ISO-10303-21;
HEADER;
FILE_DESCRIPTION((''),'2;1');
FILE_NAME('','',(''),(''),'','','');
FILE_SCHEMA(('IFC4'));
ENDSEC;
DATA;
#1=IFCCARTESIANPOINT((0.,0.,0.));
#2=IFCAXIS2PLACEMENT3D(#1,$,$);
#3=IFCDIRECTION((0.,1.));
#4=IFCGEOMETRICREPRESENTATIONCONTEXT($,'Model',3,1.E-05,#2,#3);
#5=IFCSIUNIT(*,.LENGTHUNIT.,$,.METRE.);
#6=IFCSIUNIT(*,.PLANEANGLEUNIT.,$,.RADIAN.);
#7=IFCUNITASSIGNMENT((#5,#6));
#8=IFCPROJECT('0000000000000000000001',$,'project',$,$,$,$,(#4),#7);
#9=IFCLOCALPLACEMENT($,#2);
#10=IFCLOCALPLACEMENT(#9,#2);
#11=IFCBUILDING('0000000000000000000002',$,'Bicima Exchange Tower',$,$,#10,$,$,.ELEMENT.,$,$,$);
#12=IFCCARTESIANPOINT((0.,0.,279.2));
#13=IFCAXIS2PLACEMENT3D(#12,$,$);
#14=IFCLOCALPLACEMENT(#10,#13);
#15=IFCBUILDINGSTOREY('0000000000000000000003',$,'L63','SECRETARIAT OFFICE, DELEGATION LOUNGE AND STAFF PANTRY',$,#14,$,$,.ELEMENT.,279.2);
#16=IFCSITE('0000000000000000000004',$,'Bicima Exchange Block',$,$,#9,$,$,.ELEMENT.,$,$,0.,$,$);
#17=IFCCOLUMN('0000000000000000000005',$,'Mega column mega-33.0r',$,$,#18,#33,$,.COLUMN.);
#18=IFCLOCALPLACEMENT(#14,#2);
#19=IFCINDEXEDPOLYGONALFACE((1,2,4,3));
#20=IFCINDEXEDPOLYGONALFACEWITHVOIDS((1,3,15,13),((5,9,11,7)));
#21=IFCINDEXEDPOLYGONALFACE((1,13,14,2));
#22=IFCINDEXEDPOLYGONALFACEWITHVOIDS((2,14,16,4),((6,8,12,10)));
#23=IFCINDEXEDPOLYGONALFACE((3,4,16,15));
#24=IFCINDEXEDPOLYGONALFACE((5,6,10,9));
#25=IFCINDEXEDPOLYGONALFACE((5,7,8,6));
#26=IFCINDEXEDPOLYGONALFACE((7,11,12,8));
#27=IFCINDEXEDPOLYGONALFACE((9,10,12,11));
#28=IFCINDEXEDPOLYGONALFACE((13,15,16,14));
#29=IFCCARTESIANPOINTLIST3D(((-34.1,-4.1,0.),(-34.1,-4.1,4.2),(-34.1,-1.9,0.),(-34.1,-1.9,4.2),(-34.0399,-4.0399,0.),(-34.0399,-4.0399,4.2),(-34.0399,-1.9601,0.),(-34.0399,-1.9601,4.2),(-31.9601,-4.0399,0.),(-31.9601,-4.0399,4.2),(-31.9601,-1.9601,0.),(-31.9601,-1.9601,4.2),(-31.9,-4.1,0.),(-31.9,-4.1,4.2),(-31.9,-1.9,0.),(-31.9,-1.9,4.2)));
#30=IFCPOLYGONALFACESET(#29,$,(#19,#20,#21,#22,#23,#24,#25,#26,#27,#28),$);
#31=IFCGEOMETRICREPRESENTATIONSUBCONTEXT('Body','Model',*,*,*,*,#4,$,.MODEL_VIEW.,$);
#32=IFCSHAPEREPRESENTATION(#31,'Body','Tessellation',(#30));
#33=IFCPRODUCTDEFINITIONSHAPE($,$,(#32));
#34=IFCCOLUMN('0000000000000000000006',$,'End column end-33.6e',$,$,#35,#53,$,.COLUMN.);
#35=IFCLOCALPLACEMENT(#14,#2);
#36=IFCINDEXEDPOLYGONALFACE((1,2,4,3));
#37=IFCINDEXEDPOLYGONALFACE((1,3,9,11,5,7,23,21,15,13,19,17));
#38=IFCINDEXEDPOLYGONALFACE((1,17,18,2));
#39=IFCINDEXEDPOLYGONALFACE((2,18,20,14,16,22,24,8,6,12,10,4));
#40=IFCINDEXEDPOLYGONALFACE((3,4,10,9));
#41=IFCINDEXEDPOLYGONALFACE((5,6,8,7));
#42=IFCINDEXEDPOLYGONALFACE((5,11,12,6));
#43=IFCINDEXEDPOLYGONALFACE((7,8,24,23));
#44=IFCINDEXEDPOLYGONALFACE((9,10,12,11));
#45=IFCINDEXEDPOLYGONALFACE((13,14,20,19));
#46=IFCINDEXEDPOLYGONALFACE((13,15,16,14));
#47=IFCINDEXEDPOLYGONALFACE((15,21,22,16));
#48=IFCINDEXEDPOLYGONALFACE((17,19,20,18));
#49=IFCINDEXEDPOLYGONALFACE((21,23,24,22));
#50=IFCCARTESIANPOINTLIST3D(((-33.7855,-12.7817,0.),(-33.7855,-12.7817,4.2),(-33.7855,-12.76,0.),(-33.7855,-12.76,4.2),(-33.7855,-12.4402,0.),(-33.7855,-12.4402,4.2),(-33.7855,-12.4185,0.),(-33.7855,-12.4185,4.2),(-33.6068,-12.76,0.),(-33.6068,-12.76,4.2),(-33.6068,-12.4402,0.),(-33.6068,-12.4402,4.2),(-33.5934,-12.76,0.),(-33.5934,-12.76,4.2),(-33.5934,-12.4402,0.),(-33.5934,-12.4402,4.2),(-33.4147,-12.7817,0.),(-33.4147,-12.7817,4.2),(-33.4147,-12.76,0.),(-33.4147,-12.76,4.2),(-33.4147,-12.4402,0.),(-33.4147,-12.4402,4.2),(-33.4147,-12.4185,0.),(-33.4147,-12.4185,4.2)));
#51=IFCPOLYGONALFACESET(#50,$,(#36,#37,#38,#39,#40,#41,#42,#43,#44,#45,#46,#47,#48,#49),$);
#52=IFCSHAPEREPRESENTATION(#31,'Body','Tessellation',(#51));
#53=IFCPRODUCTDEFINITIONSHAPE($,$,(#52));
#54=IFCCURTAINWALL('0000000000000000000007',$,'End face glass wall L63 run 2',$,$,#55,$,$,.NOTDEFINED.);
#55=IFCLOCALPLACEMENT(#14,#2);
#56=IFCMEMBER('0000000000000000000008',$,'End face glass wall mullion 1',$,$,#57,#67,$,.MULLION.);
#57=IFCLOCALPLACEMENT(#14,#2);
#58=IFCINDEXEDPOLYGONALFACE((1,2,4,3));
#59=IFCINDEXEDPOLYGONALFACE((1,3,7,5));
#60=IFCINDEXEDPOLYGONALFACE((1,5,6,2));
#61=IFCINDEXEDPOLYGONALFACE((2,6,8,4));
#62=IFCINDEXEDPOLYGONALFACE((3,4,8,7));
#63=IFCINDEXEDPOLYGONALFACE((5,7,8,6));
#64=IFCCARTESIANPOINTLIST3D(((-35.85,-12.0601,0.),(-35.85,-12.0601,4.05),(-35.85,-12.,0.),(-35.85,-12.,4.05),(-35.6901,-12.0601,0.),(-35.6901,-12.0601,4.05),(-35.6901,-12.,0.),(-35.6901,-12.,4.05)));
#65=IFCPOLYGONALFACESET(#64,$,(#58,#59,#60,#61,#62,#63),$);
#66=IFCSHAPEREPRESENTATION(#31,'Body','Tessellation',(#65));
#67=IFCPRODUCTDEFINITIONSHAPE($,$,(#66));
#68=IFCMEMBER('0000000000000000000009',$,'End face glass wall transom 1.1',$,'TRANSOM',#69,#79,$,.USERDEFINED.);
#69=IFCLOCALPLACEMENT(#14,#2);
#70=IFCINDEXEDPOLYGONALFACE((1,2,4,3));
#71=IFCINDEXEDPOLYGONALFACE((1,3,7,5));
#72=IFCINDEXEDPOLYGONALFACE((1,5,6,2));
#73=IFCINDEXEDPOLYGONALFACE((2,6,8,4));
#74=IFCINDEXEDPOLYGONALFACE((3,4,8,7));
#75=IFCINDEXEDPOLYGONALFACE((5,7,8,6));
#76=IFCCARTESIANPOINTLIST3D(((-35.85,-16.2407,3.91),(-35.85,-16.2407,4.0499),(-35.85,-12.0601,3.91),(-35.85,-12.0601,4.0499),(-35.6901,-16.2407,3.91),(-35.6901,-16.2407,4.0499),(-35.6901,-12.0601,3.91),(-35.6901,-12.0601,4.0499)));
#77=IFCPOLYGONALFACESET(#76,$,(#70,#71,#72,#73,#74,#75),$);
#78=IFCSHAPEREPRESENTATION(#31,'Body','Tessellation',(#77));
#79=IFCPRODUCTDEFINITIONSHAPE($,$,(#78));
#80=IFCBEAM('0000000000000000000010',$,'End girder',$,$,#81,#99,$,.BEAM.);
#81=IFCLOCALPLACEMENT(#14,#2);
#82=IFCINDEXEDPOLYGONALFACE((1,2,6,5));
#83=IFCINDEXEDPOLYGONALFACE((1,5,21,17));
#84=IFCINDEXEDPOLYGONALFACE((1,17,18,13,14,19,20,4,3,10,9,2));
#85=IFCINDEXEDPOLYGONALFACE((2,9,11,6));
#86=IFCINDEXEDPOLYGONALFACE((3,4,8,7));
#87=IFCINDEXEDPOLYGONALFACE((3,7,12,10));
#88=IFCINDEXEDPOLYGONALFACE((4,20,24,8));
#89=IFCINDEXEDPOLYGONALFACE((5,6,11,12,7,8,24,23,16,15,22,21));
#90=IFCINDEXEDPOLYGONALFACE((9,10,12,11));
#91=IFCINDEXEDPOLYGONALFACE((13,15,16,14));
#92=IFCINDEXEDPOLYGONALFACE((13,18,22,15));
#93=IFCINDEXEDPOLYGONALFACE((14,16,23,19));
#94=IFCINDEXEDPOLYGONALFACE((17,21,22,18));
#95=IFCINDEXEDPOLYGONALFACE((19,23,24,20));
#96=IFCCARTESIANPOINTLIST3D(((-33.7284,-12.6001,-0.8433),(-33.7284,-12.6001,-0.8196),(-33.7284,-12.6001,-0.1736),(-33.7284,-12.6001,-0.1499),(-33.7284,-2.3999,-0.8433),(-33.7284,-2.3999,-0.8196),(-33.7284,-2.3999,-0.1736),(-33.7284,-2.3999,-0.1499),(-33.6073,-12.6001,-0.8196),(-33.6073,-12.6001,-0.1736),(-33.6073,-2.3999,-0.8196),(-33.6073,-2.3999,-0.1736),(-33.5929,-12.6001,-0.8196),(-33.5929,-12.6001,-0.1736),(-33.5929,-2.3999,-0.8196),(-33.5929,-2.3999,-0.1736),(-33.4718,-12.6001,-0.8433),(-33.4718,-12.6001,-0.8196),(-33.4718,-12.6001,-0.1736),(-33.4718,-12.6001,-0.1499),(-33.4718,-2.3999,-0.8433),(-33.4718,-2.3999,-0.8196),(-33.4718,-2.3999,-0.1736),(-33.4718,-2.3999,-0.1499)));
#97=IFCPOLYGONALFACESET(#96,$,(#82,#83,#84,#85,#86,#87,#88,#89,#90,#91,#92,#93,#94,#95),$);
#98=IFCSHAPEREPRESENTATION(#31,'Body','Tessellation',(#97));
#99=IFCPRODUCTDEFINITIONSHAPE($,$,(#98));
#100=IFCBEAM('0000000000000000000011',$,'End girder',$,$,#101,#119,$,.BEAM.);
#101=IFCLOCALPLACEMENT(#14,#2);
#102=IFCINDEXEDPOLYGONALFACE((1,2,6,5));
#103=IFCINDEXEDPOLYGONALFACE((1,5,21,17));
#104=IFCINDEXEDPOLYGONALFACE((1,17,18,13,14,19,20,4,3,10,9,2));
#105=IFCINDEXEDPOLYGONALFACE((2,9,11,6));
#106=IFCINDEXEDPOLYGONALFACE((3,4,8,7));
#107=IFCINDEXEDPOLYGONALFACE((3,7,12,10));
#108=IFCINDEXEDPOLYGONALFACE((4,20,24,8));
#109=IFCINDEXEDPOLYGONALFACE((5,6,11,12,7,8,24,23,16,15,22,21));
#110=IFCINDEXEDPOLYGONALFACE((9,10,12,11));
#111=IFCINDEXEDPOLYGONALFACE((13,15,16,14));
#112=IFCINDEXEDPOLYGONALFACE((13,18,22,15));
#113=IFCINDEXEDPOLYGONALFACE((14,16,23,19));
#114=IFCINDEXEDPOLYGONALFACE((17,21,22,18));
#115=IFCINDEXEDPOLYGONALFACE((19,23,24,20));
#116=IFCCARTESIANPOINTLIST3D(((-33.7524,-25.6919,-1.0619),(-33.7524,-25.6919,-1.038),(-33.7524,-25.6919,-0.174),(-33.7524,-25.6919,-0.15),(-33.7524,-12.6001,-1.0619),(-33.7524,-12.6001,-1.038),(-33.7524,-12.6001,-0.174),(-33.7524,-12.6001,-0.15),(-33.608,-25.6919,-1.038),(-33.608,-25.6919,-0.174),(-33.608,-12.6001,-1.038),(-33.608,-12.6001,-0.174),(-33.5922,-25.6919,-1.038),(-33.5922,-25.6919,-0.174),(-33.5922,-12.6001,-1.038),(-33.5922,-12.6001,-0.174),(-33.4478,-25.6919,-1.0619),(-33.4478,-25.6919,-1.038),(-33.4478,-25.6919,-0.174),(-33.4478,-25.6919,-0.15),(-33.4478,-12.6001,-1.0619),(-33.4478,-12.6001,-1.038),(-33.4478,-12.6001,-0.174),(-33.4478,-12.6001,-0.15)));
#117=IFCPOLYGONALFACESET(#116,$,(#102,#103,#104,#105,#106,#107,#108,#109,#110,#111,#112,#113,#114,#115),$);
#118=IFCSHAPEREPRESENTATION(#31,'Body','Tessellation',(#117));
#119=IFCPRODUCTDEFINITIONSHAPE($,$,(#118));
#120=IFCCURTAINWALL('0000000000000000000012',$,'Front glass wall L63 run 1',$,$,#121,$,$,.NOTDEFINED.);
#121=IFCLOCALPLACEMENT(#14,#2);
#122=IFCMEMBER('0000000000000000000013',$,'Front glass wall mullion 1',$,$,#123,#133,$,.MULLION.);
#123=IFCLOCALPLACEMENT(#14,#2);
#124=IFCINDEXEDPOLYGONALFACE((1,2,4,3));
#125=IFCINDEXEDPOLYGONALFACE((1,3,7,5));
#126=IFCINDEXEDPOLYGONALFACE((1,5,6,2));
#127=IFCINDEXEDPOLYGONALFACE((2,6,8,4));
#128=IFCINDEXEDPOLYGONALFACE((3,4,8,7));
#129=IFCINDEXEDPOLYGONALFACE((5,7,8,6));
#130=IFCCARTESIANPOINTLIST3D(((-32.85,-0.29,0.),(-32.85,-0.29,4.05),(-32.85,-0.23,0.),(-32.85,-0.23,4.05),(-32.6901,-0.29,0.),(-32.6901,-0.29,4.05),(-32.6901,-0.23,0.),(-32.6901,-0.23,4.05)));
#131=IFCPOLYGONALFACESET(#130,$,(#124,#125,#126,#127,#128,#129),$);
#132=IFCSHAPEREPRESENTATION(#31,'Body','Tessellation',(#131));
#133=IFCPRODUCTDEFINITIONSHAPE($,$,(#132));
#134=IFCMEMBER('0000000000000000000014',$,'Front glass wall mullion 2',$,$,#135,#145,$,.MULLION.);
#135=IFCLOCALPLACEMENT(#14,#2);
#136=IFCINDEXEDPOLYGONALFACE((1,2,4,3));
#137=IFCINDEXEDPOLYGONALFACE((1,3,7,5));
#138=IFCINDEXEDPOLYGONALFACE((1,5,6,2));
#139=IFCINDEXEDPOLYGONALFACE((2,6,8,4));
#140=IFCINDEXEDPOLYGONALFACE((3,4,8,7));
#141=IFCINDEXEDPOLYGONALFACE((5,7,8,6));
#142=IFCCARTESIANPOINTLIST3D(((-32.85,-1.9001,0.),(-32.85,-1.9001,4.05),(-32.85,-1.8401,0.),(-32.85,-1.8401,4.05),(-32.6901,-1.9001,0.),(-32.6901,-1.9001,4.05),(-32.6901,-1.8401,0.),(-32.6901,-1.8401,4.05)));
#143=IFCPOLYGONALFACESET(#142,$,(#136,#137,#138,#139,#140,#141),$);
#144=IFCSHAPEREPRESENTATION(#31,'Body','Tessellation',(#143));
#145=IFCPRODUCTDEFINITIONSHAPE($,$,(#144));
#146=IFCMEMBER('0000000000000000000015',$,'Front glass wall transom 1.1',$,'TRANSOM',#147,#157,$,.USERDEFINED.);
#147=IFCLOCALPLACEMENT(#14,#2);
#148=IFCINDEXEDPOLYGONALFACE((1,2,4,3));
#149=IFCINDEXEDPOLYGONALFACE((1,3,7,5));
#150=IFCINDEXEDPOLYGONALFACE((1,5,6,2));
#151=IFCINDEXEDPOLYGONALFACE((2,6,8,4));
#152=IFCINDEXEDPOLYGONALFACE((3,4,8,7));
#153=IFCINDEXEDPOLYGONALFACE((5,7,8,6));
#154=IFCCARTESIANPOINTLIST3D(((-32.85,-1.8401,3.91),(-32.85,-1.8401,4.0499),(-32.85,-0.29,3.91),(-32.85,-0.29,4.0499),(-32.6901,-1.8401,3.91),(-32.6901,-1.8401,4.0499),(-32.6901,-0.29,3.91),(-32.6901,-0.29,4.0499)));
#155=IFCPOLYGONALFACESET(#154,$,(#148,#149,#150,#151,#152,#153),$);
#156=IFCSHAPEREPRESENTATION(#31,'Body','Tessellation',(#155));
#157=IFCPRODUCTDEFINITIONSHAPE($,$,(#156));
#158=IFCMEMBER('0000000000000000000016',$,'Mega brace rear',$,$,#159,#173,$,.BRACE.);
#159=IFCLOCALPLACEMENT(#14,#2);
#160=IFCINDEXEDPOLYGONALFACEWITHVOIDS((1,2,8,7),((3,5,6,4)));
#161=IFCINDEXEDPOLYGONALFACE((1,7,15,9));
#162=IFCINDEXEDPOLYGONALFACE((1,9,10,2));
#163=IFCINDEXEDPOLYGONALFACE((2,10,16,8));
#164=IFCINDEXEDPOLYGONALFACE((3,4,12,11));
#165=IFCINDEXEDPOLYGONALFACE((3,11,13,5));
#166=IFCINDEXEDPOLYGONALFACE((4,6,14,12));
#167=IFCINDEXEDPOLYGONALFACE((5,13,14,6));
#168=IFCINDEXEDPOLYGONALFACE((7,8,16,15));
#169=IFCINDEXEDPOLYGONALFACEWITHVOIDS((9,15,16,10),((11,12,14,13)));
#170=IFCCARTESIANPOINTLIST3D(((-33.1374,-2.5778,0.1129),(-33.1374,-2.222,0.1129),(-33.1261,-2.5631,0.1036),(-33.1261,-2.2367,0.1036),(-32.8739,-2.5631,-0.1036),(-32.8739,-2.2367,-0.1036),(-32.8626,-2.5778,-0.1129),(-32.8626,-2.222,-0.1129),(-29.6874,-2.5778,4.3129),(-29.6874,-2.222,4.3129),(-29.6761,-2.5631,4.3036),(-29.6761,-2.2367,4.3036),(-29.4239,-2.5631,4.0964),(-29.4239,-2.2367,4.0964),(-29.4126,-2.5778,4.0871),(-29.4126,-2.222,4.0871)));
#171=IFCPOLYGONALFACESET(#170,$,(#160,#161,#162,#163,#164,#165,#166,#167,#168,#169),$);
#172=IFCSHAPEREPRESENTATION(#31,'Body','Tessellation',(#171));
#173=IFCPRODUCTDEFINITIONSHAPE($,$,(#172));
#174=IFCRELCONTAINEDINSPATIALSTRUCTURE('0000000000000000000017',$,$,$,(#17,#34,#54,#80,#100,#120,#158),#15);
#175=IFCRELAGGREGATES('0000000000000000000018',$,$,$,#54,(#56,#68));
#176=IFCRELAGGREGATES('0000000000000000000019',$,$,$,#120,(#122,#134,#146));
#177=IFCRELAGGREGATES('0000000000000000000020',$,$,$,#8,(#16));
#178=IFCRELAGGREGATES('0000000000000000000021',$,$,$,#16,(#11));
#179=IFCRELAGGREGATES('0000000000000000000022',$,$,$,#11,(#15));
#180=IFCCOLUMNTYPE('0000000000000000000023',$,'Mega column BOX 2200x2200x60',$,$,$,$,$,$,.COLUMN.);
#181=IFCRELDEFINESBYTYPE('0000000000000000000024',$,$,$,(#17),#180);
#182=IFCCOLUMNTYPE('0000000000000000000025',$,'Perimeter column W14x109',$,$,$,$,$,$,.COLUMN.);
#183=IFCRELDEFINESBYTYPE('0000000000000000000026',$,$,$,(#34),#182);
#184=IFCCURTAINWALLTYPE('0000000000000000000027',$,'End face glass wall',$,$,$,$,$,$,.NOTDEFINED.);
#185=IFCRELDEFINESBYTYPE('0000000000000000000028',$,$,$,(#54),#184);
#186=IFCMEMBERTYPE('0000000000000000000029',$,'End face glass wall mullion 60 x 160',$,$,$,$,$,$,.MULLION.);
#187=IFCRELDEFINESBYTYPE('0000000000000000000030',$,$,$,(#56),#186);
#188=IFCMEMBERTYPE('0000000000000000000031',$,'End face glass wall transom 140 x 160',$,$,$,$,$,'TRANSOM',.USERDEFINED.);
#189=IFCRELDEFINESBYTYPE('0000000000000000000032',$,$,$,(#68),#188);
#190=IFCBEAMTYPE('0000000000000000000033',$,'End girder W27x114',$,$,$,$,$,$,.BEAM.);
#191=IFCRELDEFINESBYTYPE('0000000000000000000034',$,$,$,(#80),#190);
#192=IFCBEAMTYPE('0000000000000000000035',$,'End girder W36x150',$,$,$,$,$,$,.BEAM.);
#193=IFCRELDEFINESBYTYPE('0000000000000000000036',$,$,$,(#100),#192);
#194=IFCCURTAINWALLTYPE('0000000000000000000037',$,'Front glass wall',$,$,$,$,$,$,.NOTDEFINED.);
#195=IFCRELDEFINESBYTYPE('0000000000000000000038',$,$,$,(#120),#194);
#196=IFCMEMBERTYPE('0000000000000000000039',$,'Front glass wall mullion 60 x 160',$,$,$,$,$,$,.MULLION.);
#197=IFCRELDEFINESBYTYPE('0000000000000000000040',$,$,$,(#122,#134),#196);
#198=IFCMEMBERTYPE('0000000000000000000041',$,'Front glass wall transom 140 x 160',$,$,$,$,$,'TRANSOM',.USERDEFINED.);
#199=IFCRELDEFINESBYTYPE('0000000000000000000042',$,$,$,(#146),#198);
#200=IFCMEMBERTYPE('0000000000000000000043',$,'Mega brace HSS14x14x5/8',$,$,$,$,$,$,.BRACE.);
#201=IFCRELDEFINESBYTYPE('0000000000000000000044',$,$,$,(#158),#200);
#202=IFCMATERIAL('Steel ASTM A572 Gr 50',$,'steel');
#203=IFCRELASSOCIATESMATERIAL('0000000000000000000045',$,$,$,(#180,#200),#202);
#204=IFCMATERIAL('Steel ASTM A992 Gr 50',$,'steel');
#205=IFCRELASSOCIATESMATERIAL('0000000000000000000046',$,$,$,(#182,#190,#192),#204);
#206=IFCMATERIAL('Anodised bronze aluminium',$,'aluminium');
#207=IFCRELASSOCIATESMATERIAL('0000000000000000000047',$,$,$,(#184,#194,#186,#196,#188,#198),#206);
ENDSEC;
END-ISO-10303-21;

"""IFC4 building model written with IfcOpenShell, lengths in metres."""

from ifc_helpers import new_model, si_unit, direction, frame, origin, origin_2d, place, context, subcontext, project, spatial, rectangle, hollow_rectangle, i_section, extrude, material, material_profile, profile_set, type_object, element, aggregate, save


model = new_model("IFC4")

# Units and contexts
model_context = context("Model", 3, precision=1e-05, world=origin(), true_north=direction((0.0, 1.0)))
body_context = subcontext(model_context, "Body", "Model", "MODEL_VIEW")
ifc_project = project(units=[si_unit("LENGTHUNIT", "METRE"), si_unit("PLANEANGLEUNIT", "RADIAN")], contexts=[model_context])

# Site, building, storey
site_placement = place(None, origin())
site = spatial("IfcSite", under=ifc_project, at=site_placement, Name="Bicima Exchange Block", CompositionType="ELEMENT", RefElevation=0.0)
building_placement = place(site_placement, origin())
building = spatial("IfcBuilding", under=site, at=building_placement, Name="Bicima Exchange Tower", CompositionType="ELEMENT")
storey_placement = place(building_placement, frame((0.0, 0.0, 279.2)))
storey = spatial("IfcBuildingStorey", under=building, at=storey_placement, Name="L63", Description="SECRETARIAT OFFICE, DELEGATION LOUNGE AND STAFF PANTRY", CompositionType="ELEMENT", Elevation=279.2)

# Columns
ifc_material_1 = material(Name="Steel ASTM A572 Gr 50", Category="steel")
ifc_material_profile_1 = material_profile(ifc_material_1, hollow_rectangle(XDim=2.2, YDim=2.2, WallThickness=0.0601, at=origin_2d()))
ifc_profile_set_1 = profile_set([ifc_material_profile_1], Name="Steel ASTM A572 Gr 50")
column_type_1 = type_object("IfcColumnType", Name="Mega column BOX 2200x2200x60", PredefinedType="COLUMN", material=ifc_profile_set_1)
column_1_placement = place(storey_placement, frame((-33.0, -3.0, 0.0), z_axis=(0.0, 0.0, 1.0), x_axis=(1.0, 0.0, 0.0)))
element("IfcColumn", 1, at=column_1_placement, inside=storey, type_object=column_type_1, Name="Mega column mega-33.0r", PredefinedType="COLUMN", context=body_context, shape_type="SweptSolid", body=[
    extrude(hollow_rectangle(XDim=2.2, YDim=2.2, WallThickness=0.0601, at=origin_2d()), origin(), (0.0, 0.0, 1.0), 4.2),
])
ifc_material_2 = material(Name="Steel ASTM A992 Gr 50", Category="steel")
ifc_material_profile_2 = material_profile(ifc_material_2, i_section(OverallWidth=0.3708, OverallDepth=0.3633, WebThickness=0.0134, FlangeThickness=0.0217, at=origin_2d()))
ifc_profile_set_2 = profile_set([ifc_material_profile_2], Name="Steel ASTM A992 Gr 50")
column_type_2 = type_object("IfcColumnType", Name="Perimeter column W14x109", PredefinedType="COLUMN", material=ifc_profile_set_2)
column_2_placement = place(storey_placement, frame((-33.6001, -12.6001, 0.0), z_axis=(0.0, 0.0, 1.0), x_axis=(1.0, 0.0, 0.0)))
element("IfcColumn", 2, at=column_2_placement, inside=storey, type_object=column_type_2, Name="End column end-33.6e", PredefinedType="COLUMN", context=body_context, shape_type="SweptSolid", body=[
    extrude(i_section(OverallWidth=0.3708, OverallDepth=0.3633, WebThickness=0.0134, FlangeThickness=0.0217, at=origin_2d()), origin(), (0.0, 0.0, 1.0), 4.2),
])

# Curtain wall, members
ifc_material_3 = material(Name="Anodised bronze aluminium", Category="aluminium")
curtain_wall_type_1 = type_object("IfcCurtainWallType", Name="End face glass wall", PredefinedType="NOTDEFINED", material=ifc_material_3)
curtain_wall_1_placement = place(storey_placement, origin())
curtain_wall_1 = element("IfcCurtainWall", 3, at=curtain_wall_1_placement, inside=storey, type_object=curtain_wall_type_1, Name="End face glass wall L63 run 2", PredefinedType="NOTDEFINED")
ifc_material_profile_3 = material_profile(ifc_material_3, rectangle(XDim=0.1599, YDim=0.0601, at=origin_2d()))
ifc_profile_set_3 = profile_set([ifc_material_profile_3], Name="Anodised bronze aluminium")
member_type_1 = type_object("IfcMemberType", Name="End face glass wall mullion 60 x 160", PredefinedType="MULLION", material=ifc_profile_set_3)
member_1_placement = place(storey_placement, frame((-35.77, -12.03, 0.0), z_axis=(0.0, 0.0, 1.0), x_axis=(1.0, 0.0, 0.0)))
member_1 = element("IfcMember", 4, at=member_1_placement, type_object=member_type_1, Name="End face glass wall mullion 1", PredefinedType="MULLION", context=body_context, shape_type="SweptSolid", body=[
    extrude(rectangle(XDim=0.1599, YDim=0.0601, at=origin_2d()), origin(), (0.0, 0.0, 1.0), 4.05),
])
ifc_material_profile_4 = material_profile(ifc_material_3, rectangle(XDim=0.1599, YDim=0.1399, at=origin_2d()))
ifc_profile_set_4 = profile_set([ifc_material_profile_4], Name="Anodised bronze aluminium")
member_type_2 = type_object("IfcMemberType", Name="End face glass wall transom 140 x 160", ElementType="TRANSOM", PredefinedType="USERDEFINED", material=ifc_profile_set_4)
member_2_placement = place(storey_placement, frame((-35.77, -12.0601, 3.98), z_axis=(0.0, -1.0, 0.0), x_axis=(1.0, 0.0, 0.0)))
member_2 = element("IfcMember", 5, at=member_2_placement, type_object=member_type_2, Name="End face glass wall transom 1.1", ObjectType="TRANSOM", PredefinedType="USERDEFINED", context=body_context, shape_type="SweptSolid", body=[
    extrude(rectangle(XDim=0.1599, YDim=0.1399, at=origin_2d()), origin(), (0.0, 0.0, 1.0), 4.1807),
])
aggregate(curtain_wall_1, [member_1, member_2])

# Beams
ifc_material_profile_5 = material_profile(ifc_material_2, i_section(OverallWidth=0.2566, OverallDepth=0.6934, WebThickness=0.0144, FlangeThickness=0.0237, at=origin_2d()))
ifc_profile_set_5 = profile_set([ifc_material_profile_5], Name="Steel ASTM A992 Gr 50")
beam_type_1 = type_object("IfcBeamType", Name="End girder W27x114", PredefinedType="BEAM", material=ifc_profile_set_5)
beam_1_placement = place(storey_placement, frame((-33.6001, -2.3999, -0.4966), z_axis=(0.0, -1.0, 0.0), x_axis=(1.0, 0.0, 0.0)))
element("IfcBeam", 6, at=beam_1_placement, inside=storey, type_object=beam_type_1, Name="End girder", PredefinedType="BEAM", context=body_context, shape_type="SweptSolid", body=[
    extrude(i_section(OverallWidth=0.2566, OverallDepth=0.6934, WebThickness=0.0144, FlangeThickness=0.0237, at=origin_2d()), origin(), (0.0, 0.0, 1.0), 10.2002),
])
ifc_material_profile_6 = material_profile(ifc_material_2, i_section(OverallWidth=0.3047, OverallDepth=0.9119, WebThickness=0.0159, FlangeThickness=0.0239, at=origin_2d()))
ifc_profile_set_6 = profile_set([ifc_material_profile_6], Name="Steel ASTM A992 Gr 50")
beam_type_2 = type_object("IfcBeamType", Name="End girder W36x150", PredefinedType="BEAM", material=ifc_profile_set_6)
beam_2_placement = place(storey_placement, frame((-33.6001, -12.6001, -0.606), z_axis=(0.0, -1.0, 0.0), x_axis=(1.0, 0.0, 0.0)))
element("IfcBeam", 7, at=beam_2_placement, inside=storey, type_object=beam_type_2, Name="End girder", PredefinedType="BEAM", context=body_context, shape_type="SweptSolid", body=[
    extrude(i_section(OverallWidth=0.3047, OverallDepth=0.9119, WebThickness=0.0159, FlangeThickness=0.0239, at=origin_2d()), origin(), (0.0, 0.0, 1.0), 13.0918),
])

# Curtain wall, members
curtain_wall_type_2 = type_object("IfcCurtainWallType", Name="Front glass wall", PredefinedType="NOTDEFINED", material=ifc_material_3)
curtain_wall_2_placement = place(storey_placement, origin())
curtain_wall_2 = element("IfcCurtainWall", 8, at=curtain_wall_2_placement, inside=storey, type_object=curtain_wall_type_2, Name="Front glass wall L63 run 1", PredefinedType="NOTDEFINED")
member_type_3 = type_object("IfcMemberType", Name="Front glass wall mullion 60 x 160", PredefinedType="MULLION", material=ifc_profile_set_3)
member_3_placement = place(storey_placement, frame((-32.77, -0.26, 0.0), z_axis=(0.0, 0.0, 1.0), x_axis=(1.0, 0.0, 0.0)))
member_3 = element("IfcMember", 9, at=member_3_placement, type_object=member_type_3, Name="Front glass wall mullion 1", PredefinedType="MULLION", context=body_context, shape_type="SweptSolid", body=[
    extrude(rectangle(XDim=0.1599, YDim=0.0601, at=origin_2d()), origin(), (0.0, 0.0, 1.0), 4.05),
])
member_4_placement = place(storey_placement, frame((-32.77, -1.8701, 0.0), z_axis=(0.0, 0.0, 1.0), x_axis=(1.0, 0.0, 0.0)))
member_4 = element("IfcMember", 10, at=member_4_placement, type_object=member_type_3, Name="Front glass wall mullion 2", PredefinedType="MULLION", context=body_context, shape_type="SweptSolid", body=[
    extrude(rectangle(XDim=0.1599, YDim=0.0601, at=origin_2d()), origin(), (0.0, 0.0, 1.0), 4.05),
])
member_type_4 = type_object("IfcMemberType", Name="Front glass wall transom 140 x 160", ElementType="TRANSOM", PredefinedType="USERDEFINED", material=ifc_profile_set_4)
member_5_placement = place(storey_placement, frame((-32.77, -0.29, 3.98), z_axis=(0.0, -1.0, 0.0), x_axis=(1.0, 0.0, 0.0)))
member_5 = element("IfcMember", 11, at=member_5_placement, type_object=member_type_4, Name="Front glass wall transom 1.1", ObjectType="TRANSOM", PredefinedType="USERDEFINED", context=body_context, shape_type="SweptSolid", body=[
    extrude(rectangle(XDim=0.1599, YDim=0.1399, at=origin_2d()), origin(), (0.0, 0.0, 1.0), 1.55),
])

# Member
ifc_material_profile_7 = material_profile(ifc_material_1, hollow_rectangle(XDim=0.3557, YDim=0.3557, WallThickness=0.0146, at=origin_2d()))
ifc_profile_set_7 = profile_set([ifc_material_profile_7], Name="Steel ASTM A572 Gr 50")
member_type_5 = type_object("IfcMemberType", Name="Mega brace HSS14x14x5/8", PredefinedType="BRACE", material=ifc_profile_set_7)
member_6_placement = place(storey_placement, frame((-33.0, -2.3999, 0.0), z_axis=(0.634738, 0.0, 0.772727), x_axis=(0.0, 1.0, 0.0)))
element("IfcMember", 12, at=member_6_placement, inside=storey, type_object=member_type_5, Name="Mega brace rear", PredefinedType="BRACE", context=body_context, shape_type="SweptSolid", body=[
    extrude(hollow_rectangle(XDim=0.3557, YDim=0.3557, WallThickness=0.0146, at=origin_2d()), origin(), (0.0, 0.0, 1.0), 5.4353),
])

aggregate(curtain_wall_2, [member_3, member_4, member_5])

save(model, "model.ifc")
